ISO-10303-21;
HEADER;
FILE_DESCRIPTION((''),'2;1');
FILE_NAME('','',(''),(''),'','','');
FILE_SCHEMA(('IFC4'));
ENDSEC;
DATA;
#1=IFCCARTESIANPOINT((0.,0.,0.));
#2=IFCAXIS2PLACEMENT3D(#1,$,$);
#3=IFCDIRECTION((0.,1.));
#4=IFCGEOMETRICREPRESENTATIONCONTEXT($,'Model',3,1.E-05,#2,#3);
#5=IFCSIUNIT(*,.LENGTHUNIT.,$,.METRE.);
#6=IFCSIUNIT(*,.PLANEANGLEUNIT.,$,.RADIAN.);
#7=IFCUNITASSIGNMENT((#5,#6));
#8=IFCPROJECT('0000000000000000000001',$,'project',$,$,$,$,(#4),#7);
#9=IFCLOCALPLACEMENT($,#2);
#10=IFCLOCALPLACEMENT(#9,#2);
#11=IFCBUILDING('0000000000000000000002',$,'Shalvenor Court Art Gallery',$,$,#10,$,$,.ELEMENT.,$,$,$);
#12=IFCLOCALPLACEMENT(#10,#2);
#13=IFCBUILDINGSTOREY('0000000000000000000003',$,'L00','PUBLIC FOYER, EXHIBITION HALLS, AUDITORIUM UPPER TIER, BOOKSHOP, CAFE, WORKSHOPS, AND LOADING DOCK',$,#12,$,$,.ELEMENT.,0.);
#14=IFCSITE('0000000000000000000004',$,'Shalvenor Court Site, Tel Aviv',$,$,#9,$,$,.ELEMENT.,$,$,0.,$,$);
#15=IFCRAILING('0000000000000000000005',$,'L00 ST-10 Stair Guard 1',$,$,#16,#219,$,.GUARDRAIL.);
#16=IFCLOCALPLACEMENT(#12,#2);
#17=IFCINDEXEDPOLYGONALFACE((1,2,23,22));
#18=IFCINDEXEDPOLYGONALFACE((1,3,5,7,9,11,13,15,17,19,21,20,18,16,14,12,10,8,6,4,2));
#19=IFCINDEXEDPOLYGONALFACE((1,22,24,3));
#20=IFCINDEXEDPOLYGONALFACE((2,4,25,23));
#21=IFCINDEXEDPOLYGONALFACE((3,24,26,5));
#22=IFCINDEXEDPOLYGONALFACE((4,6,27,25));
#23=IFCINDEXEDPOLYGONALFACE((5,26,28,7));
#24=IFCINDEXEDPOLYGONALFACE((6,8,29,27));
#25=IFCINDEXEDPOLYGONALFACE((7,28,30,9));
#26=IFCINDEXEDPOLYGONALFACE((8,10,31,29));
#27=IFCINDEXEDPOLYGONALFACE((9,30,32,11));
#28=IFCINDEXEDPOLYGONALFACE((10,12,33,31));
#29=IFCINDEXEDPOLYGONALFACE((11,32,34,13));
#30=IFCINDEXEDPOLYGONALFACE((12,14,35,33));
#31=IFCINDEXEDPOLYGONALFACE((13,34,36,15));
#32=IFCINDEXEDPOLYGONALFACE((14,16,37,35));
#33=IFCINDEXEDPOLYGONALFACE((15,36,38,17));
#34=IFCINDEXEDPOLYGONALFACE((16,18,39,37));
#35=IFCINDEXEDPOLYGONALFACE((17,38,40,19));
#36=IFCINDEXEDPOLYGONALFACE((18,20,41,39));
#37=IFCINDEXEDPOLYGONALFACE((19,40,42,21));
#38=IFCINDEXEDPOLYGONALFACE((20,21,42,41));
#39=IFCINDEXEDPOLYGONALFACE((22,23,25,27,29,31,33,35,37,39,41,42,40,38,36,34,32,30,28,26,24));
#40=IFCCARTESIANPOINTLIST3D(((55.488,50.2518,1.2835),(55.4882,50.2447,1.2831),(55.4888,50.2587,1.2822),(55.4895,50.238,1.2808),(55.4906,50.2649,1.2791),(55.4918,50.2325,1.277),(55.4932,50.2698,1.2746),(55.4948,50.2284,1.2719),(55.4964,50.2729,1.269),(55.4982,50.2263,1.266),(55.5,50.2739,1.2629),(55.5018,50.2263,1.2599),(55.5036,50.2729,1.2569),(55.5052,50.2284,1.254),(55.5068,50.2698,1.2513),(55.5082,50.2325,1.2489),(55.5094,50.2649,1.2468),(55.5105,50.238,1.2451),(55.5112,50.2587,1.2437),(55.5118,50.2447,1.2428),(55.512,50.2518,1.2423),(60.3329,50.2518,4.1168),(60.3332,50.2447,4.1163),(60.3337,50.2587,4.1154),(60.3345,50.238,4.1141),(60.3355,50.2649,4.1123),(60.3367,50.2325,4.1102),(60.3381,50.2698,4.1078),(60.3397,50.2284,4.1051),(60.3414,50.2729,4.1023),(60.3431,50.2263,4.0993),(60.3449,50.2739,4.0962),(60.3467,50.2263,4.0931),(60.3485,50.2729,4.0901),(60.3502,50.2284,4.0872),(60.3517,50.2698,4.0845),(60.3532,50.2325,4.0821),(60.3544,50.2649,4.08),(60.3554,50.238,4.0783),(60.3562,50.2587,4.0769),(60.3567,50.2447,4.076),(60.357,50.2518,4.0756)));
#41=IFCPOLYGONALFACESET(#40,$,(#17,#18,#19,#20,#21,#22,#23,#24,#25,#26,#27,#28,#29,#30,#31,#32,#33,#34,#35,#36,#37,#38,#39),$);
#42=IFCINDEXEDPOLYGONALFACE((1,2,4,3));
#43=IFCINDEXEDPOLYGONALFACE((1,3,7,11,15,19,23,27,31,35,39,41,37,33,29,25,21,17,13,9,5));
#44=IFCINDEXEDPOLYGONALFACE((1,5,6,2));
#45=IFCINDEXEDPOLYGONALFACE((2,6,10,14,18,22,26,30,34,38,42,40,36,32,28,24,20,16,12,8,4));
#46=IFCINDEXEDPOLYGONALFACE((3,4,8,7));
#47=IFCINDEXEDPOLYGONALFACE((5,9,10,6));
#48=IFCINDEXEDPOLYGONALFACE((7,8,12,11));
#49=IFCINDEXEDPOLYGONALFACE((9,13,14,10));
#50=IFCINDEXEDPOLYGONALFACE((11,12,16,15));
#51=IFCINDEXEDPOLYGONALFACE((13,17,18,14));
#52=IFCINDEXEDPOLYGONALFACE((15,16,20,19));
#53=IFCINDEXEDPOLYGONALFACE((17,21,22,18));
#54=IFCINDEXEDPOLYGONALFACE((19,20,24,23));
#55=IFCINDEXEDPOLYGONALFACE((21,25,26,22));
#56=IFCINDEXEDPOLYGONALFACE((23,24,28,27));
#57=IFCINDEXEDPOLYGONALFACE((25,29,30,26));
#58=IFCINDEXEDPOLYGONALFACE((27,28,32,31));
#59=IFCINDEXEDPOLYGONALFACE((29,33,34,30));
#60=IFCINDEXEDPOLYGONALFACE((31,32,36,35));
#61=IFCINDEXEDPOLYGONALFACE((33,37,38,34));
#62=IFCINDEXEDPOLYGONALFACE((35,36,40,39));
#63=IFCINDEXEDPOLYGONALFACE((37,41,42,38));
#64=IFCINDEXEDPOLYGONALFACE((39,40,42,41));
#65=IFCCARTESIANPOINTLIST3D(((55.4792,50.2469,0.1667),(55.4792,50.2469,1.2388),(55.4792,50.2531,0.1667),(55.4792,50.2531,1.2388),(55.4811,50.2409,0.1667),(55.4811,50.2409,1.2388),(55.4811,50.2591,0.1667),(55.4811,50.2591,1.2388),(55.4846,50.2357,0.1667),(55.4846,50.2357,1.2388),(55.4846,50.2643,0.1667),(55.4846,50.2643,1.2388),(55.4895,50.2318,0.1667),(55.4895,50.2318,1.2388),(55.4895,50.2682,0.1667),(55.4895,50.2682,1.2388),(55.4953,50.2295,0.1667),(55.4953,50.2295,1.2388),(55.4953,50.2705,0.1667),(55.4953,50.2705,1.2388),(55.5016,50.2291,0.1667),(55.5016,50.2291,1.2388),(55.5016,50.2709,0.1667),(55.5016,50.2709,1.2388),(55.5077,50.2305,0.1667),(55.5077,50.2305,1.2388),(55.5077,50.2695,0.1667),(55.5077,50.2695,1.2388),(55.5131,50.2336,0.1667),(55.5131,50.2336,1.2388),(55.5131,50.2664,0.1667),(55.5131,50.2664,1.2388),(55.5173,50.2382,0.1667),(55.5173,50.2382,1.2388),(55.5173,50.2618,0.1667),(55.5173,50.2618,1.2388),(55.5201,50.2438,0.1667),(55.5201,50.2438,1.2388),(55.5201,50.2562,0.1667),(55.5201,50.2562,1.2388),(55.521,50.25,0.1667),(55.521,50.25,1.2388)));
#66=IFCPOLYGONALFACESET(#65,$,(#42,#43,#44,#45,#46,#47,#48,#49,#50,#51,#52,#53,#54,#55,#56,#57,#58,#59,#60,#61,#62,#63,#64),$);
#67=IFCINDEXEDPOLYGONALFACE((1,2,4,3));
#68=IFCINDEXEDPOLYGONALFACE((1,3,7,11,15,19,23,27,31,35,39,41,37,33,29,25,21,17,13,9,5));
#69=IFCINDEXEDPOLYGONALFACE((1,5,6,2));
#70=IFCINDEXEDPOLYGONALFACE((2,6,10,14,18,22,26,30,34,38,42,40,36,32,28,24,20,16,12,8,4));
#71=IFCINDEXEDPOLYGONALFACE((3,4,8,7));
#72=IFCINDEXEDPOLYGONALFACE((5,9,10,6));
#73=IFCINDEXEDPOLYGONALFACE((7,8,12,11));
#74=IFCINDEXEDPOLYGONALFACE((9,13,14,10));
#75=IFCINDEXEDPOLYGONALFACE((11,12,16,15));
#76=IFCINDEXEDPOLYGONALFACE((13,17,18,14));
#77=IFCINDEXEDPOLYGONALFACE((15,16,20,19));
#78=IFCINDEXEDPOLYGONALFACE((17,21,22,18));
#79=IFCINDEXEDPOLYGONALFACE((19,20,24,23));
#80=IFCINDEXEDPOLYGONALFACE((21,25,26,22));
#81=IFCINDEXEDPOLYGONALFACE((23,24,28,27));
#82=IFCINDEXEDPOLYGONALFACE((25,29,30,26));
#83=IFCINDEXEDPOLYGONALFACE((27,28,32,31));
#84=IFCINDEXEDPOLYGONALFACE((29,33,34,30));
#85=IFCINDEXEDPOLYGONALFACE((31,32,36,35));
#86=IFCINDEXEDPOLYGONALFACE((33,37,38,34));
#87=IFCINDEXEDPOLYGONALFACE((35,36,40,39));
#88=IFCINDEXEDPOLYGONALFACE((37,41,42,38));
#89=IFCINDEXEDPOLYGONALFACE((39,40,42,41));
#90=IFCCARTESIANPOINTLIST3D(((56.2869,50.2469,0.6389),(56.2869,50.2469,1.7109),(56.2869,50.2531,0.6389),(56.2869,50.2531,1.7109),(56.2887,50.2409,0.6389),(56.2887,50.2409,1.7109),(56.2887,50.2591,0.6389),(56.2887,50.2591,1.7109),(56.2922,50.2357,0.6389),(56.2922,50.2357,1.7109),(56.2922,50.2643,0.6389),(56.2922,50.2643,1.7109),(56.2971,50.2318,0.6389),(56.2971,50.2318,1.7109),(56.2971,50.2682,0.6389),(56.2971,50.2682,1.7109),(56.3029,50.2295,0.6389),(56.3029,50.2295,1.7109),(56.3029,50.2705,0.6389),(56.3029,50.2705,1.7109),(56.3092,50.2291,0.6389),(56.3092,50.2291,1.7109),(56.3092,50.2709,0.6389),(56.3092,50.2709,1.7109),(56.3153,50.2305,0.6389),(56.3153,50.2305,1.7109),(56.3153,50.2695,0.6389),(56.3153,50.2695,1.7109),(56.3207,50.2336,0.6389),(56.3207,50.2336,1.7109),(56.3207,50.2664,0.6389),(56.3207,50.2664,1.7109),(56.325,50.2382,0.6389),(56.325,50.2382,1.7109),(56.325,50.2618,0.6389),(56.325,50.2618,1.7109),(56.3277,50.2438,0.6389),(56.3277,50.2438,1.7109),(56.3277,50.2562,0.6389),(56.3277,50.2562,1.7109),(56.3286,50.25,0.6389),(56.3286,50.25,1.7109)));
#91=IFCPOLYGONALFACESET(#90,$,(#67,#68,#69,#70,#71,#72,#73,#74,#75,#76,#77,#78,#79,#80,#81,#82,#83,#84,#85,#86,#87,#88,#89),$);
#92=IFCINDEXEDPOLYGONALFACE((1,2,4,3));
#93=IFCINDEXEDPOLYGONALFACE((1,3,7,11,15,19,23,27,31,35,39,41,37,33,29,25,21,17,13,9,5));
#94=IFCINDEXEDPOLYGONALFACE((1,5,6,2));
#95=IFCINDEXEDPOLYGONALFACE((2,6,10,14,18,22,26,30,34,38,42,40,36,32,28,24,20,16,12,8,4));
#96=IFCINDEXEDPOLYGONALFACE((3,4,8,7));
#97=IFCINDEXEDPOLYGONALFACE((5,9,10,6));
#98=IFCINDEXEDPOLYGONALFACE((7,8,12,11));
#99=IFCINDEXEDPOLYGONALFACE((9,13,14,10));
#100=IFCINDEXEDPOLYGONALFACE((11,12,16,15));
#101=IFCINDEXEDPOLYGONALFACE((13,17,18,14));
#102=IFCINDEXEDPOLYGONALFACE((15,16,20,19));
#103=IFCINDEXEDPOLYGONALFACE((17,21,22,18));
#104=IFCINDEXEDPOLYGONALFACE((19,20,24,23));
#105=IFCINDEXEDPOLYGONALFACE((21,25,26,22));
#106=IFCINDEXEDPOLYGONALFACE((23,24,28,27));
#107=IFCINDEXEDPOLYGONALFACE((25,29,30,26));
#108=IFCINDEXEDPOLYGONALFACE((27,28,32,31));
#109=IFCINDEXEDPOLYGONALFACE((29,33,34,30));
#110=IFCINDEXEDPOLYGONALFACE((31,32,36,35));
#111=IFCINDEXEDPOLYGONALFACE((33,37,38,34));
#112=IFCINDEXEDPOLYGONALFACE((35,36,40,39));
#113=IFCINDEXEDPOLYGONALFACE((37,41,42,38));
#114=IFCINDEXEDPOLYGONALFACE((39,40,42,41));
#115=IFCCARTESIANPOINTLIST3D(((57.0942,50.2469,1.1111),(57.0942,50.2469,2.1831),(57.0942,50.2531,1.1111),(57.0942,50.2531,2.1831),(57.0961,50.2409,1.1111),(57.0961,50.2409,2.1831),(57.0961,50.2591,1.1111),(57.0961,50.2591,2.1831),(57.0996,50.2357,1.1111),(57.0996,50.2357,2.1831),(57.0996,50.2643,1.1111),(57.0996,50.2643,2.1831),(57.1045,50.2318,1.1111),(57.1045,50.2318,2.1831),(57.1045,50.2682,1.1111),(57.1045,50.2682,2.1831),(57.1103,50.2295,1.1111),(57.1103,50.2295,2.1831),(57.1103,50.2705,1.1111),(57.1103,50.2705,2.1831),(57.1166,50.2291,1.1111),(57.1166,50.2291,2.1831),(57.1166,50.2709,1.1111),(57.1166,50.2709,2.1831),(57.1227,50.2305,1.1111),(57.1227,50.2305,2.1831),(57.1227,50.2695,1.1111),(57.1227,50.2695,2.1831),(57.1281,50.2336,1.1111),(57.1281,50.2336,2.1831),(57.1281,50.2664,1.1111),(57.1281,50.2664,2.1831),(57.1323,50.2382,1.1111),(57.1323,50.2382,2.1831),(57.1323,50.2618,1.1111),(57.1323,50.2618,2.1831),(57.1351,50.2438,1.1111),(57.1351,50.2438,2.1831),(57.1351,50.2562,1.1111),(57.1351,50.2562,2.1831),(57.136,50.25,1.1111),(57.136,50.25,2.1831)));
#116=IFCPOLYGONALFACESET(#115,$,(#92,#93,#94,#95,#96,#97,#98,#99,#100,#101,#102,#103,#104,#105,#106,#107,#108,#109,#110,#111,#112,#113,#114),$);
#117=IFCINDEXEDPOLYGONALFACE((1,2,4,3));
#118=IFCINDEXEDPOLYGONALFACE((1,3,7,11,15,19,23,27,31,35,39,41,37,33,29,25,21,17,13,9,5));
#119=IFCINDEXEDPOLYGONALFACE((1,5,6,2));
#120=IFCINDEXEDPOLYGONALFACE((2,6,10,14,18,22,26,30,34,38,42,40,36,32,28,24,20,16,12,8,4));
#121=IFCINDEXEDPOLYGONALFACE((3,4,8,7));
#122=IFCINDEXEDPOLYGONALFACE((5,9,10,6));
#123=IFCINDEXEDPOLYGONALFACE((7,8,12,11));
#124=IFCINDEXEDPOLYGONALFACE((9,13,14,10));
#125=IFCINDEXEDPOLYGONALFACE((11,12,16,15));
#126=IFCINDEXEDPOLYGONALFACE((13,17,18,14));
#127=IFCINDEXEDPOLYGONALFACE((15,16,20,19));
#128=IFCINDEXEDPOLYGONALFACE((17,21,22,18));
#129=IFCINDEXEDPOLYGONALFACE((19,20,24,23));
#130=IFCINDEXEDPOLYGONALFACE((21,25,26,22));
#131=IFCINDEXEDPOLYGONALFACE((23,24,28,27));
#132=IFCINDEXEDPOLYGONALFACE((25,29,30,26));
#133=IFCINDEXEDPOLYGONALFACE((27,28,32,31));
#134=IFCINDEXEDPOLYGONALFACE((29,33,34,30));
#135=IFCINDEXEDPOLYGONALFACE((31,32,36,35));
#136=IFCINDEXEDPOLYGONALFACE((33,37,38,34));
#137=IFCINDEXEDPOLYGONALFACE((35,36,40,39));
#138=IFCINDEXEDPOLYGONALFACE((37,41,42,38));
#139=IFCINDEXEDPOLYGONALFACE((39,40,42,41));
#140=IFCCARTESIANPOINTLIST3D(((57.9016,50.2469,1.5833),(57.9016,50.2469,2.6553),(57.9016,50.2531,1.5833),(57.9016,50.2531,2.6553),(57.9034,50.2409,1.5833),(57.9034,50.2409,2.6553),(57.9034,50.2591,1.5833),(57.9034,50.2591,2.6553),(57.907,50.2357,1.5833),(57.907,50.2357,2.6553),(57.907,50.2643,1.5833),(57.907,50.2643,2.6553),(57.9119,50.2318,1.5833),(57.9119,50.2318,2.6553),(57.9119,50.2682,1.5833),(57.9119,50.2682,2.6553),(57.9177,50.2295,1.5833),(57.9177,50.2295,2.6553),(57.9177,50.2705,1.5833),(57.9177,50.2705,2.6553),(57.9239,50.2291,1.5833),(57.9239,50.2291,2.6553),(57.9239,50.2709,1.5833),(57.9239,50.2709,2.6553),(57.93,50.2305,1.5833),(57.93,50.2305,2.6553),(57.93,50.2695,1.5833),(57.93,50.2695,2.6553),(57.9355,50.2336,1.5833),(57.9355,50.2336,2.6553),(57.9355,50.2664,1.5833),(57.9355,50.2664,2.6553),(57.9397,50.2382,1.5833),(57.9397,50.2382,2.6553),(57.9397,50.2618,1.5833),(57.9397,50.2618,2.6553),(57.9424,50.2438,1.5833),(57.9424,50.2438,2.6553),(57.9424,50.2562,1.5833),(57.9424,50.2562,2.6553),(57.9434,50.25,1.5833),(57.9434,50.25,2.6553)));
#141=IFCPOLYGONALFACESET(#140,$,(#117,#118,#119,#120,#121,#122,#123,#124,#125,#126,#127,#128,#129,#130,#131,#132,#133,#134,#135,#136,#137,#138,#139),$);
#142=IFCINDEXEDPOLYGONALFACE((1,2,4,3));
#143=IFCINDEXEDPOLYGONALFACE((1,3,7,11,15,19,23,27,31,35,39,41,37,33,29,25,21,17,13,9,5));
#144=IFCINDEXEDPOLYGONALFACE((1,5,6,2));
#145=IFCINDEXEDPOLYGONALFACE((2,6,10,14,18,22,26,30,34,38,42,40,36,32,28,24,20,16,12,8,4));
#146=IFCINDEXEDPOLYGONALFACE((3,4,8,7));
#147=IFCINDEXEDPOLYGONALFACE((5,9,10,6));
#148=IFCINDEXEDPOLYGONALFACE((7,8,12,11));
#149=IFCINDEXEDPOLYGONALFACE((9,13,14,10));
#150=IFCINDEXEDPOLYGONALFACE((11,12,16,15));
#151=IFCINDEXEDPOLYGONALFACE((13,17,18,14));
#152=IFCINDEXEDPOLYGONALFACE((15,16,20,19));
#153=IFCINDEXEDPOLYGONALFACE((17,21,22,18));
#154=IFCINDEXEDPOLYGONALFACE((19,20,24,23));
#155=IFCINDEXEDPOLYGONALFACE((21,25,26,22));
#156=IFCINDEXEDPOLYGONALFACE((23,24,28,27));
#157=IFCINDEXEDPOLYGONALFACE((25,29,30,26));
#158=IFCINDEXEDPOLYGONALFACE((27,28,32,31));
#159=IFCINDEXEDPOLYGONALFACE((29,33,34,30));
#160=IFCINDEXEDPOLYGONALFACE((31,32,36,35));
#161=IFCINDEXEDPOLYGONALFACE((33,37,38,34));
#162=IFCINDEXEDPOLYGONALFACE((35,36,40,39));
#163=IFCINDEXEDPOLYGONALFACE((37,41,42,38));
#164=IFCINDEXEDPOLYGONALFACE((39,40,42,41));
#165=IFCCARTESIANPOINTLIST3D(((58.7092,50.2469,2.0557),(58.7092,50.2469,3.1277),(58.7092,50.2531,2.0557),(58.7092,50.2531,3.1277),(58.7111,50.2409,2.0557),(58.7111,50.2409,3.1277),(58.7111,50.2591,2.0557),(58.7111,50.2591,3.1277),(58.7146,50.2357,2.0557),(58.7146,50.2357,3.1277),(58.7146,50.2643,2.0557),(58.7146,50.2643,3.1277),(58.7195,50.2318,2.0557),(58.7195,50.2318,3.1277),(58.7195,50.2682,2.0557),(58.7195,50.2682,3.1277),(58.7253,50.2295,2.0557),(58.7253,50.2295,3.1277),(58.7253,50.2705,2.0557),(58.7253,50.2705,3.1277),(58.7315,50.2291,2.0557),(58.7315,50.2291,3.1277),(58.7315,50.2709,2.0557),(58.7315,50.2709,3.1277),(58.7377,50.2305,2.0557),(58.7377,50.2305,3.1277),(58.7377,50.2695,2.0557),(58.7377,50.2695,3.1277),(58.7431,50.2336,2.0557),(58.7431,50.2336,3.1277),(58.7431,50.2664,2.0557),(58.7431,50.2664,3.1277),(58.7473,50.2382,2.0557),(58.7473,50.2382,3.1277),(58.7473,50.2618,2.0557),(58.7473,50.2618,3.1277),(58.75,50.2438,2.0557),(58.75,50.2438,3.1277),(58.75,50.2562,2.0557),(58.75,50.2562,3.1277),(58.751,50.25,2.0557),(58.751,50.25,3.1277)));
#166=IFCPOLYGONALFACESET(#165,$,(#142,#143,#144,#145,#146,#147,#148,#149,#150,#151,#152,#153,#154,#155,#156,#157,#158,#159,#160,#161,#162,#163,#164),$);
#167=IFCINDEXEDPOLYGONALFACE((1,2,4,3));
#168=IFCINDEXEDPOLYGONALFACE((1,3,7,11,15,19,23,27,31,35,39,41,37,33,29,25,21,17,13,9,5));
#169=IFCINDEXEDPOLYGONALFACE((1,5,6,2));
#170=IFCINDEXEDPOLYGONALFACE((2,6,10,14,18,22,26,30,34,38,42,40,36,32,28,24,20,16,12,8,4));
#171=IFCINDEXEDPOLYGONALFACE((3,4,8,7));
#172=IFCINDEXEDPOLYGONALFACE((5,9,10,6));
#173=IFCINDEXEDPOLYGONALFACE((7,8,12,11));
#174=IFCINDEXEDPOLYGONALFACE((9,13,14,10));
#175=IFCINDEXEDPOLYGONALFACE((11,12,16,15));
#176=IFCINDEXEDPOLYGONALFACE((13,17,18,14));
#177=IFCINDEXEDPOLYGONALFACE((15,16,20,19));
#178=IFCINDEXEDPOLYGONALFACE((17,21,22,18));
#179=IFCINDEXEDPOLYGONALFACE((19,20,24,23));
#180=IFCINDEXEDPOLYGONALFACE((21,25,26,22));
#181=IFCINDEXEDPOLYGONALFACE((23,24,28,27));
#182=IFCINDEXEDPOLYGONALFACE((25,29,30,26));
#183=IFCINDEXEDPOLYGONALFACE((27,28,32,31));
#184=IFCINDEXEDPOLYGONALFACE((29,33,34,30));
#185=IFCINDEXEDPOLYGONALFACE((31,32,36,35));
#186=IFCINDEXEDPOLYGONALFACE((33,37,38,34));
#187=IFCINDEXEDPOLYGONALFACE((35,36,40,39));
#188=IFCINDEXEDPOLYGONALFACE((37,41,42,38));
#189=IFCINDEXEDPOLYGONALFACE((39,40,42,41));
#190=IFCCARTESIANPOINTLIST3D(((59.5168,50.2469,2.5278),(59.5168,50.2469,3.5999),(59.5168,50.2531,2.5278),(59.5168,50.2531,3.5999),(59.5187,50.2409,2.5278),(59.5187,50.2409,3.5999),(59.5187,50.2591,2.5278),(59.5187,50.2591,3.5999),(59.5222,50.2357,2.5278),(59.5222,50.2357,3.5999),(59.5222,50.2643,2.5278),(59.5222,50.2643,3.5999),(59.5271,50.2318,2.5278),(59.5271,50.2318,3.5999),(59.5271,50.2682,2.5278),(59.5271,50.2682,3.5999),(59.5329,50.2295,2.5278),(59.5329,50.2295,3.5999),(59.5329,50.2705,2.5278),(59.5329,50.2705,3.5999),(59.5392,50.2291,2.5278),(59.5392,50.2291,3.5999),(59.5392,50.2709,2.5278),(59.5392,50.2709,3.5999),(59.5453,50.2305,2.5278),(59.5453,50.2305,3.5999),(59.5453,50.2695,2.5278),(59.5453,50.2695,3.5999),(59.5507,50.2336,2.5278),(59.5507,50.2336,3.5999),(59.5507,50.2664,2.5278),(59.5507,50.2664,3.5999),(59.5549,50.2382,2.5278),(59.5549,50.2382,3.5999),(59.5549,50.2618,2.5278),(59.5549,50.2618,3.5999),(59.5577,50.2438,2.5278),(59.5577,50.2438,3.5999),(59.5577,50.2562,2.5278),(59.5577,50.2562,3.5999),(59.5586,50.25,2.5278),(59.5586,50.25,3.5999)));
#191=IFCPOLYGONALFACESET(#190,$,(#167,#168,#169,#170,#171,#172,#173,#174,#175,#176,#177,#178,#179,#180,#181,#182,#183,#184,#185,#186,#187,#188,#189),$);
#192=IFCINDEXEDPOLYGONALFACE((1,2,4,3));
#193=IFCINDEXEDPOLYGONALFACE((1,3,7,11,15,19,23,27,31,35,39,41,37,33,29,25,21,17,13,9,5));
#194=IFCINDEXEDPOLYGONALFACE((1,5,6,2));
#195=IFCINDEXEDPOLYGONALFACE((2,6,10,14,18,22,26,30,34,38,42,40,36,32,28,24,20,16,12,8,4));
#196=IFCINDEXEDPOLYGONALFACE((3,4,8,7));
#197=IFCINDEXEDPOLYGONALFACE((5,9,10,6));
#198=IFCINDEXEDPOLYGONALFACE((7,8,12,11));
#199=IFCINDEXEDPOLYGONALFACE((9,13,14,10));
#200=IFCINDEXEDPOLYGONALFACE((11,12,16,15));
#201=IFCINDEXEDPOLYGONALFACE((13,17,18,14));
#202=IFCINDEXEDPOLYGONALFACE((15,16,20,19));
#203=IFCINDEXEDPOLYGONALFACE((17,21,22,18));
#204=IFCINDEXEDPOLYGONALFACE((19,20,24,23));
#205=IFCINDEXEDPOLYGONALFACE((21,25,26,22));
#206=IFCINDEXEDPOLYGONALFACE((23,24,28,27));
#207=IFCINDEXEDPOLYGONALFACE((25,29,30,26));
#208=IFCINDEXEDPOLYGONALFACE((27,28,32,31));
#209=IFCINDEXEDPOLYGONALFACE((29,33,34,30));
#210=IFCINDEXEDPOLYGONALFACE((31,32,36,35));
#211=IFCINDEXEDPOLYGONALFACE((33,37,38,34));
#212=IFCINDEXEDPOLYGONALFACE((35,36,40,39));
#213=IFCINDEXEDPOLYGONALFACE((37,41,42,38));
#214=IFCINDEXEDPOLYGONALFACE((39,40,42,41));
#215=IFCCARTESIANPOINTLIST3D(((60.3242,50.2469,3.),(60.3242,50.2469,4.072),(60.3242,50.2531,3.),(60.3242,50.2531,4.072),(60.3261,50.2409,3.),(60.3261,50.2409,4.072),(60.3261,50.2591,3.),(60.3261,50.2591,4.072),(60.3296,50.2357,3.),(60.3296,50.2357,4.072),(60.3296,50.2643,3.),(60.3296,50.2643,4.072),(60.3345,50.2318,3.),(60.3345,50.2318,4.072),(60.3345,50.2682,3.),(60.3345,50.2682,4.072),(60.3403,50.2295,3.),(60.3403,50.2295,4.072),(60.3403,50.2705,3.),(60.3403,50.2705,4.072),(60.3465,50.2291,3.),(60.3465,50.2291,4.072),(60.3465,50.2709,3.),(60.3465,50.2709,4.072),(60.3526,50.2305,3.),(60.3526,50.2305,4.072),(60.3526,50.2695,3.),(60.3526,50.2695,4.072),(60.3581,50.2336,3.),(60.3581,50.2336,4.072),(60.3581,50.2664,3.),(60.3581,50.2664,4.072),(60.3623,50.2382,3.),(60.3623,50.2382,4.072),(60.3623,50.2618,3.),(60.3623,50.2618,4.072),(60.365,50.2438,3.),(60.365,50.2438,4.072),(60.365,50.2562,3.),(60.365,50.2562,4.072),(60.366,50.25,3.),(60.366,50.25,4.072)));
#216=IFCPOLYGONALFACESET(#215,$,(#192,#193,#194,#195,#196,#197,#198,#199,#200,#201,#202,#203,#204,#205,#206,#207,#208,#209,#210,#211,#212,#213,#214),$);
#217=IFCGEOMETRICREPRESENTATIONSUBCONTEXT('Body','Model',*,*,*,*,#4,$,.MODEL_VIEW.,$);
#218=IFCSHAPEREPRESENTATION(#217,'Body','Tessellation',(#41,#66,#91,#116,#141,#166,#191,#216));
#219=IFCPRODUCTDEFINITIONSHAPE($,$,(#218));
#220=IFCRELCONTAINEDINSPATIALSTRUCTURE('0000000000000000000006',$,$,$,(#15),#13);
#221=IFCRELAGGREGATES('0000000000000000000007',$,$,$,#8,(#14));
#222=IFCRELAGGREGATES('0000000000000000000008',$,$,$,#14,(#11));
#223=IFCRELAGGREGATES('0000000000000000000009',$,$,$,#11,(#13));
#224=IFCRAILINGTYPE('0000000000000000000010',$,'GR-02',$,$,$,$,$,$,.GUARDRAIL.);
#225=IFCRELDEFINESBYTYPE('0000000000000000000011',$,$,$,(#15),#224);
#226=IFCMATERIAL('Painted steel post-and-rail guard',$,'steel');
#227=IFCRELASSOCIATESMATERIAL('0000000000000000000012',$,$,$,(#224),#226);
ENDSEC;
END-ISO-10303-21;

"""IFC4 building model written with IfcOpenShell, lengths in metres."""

from ifc_helpers import new_model, si_unit, direction, frame, origin, origin_2d, place, context, subcontext, project, spatial, circle, extrude, material, type_object, element, save


model = new_model("IFC4")

# Units and contexts
model_context = context("Model", 3, precision=1e-05, world=origin(), true_north=direction((0.0, 1.0)))
body_context = subcontext(model_context, "Body", "Model", "MODEL_VIEW")
ifc_project = project(units=[si_unit("LENGTHUNIT", "METRE"), si_unit("PLANEANGLEUNIT", "RADIAN")], contexts=[model_context])

# Site, building, storey
site_placement = place(None, origin())
site = spatial("IfcSite", under=ifc_project, at=site_placement, Name="Shalvenor Court Site, Tel Aviv", CompositionType="ELEMENT", RefElevation=0.0)
building_placement = place(site_placement, origin())
building = spatial("IfcBuilding", under=site, at=building_placement, Name="Shalvenor Court Art Gallery", CompositionType="ELEMENT")
storey_placement = place(building_placement, origin())
storey = spatial("IfcBuildingStorey", under=building, at=storey_placement, Name="L00", Description="PUBLIC FOYER, EXHIBITION HALLS, AUDITORIUM UPPER TIER, BOOKSHOP, CAFE, WORKSHOPS, AND LOADING DOCK", CompositionType="ELEMENT", Elevation=0.0)

# Railing
ifc_material_1 = material(Name="Painted steel post-and-rail guard", Category="steel")
railing_type_1 = type_object("IfcRailingType", Name="GR-02", PredefinedType="GUARDRAIL", material=ifc_material_1)
railing_1_placement = place(storey_placement, frame((55.5, 50.25, 0.1667)))
element("IfcRailing", 1, at=railing_1_placement, inside=storey, type_object=railing_type_1, Name="L00 ST-10 Stair Guard 1", PredefinedType="GUARDRAIL", context=body_context, shape_type="SweptSolid", body=[
    extrude(circle(Radius=0.0239, at=origin_2d()), frame((0.0, 0.0, 1.0962), z_axis=(0.863234, 0.0, 0.504804), x_axis=(0.0, 1.0, 0.0)), (0.0, 0.0, 1.0), 5.6125),
    extrude(circle(Radius=0.021, at=origin_2d()), origin(), (0.0, 0.0, 1.0), 1.072),
    extrude(circle(Radius=0.021, at=origin_2d()), frame((0.8076, 0.0, 0.4722)), (0.0, 0.0, 1.0), 1.072),
    extrude(circle(Radius=0.021, at=origin_2d()), frame((1.615, 0.0, 0.9443)), (0.0, 0.0, 1.0), 1.072),
    extrude(circle(Radius=0.021, at=origin_2d()), frame((2.4224, 0.0, 1.4165)), (0.0, 0.0, 1.0), 1.072),
    extrude(circle(Radius=0.021, at=origin_2d()), frame((3.23, 0.0, 1.8889)), (0.0, 0.0, 1.0), 1.072),
    extrude(circle(Radius=0.021, at=origin_2d()), frame((4.0376, 0.0, 2.3611)), (0.0, 0.0, 1.0), 1.072),
    extrude(circle(Radius=0.021, at=origin_2d()), frame((4.845, 0.0, 2.8333)), (0.0, 0.0, 1.0), 1.072),
])

save(model, "model.ifc")
